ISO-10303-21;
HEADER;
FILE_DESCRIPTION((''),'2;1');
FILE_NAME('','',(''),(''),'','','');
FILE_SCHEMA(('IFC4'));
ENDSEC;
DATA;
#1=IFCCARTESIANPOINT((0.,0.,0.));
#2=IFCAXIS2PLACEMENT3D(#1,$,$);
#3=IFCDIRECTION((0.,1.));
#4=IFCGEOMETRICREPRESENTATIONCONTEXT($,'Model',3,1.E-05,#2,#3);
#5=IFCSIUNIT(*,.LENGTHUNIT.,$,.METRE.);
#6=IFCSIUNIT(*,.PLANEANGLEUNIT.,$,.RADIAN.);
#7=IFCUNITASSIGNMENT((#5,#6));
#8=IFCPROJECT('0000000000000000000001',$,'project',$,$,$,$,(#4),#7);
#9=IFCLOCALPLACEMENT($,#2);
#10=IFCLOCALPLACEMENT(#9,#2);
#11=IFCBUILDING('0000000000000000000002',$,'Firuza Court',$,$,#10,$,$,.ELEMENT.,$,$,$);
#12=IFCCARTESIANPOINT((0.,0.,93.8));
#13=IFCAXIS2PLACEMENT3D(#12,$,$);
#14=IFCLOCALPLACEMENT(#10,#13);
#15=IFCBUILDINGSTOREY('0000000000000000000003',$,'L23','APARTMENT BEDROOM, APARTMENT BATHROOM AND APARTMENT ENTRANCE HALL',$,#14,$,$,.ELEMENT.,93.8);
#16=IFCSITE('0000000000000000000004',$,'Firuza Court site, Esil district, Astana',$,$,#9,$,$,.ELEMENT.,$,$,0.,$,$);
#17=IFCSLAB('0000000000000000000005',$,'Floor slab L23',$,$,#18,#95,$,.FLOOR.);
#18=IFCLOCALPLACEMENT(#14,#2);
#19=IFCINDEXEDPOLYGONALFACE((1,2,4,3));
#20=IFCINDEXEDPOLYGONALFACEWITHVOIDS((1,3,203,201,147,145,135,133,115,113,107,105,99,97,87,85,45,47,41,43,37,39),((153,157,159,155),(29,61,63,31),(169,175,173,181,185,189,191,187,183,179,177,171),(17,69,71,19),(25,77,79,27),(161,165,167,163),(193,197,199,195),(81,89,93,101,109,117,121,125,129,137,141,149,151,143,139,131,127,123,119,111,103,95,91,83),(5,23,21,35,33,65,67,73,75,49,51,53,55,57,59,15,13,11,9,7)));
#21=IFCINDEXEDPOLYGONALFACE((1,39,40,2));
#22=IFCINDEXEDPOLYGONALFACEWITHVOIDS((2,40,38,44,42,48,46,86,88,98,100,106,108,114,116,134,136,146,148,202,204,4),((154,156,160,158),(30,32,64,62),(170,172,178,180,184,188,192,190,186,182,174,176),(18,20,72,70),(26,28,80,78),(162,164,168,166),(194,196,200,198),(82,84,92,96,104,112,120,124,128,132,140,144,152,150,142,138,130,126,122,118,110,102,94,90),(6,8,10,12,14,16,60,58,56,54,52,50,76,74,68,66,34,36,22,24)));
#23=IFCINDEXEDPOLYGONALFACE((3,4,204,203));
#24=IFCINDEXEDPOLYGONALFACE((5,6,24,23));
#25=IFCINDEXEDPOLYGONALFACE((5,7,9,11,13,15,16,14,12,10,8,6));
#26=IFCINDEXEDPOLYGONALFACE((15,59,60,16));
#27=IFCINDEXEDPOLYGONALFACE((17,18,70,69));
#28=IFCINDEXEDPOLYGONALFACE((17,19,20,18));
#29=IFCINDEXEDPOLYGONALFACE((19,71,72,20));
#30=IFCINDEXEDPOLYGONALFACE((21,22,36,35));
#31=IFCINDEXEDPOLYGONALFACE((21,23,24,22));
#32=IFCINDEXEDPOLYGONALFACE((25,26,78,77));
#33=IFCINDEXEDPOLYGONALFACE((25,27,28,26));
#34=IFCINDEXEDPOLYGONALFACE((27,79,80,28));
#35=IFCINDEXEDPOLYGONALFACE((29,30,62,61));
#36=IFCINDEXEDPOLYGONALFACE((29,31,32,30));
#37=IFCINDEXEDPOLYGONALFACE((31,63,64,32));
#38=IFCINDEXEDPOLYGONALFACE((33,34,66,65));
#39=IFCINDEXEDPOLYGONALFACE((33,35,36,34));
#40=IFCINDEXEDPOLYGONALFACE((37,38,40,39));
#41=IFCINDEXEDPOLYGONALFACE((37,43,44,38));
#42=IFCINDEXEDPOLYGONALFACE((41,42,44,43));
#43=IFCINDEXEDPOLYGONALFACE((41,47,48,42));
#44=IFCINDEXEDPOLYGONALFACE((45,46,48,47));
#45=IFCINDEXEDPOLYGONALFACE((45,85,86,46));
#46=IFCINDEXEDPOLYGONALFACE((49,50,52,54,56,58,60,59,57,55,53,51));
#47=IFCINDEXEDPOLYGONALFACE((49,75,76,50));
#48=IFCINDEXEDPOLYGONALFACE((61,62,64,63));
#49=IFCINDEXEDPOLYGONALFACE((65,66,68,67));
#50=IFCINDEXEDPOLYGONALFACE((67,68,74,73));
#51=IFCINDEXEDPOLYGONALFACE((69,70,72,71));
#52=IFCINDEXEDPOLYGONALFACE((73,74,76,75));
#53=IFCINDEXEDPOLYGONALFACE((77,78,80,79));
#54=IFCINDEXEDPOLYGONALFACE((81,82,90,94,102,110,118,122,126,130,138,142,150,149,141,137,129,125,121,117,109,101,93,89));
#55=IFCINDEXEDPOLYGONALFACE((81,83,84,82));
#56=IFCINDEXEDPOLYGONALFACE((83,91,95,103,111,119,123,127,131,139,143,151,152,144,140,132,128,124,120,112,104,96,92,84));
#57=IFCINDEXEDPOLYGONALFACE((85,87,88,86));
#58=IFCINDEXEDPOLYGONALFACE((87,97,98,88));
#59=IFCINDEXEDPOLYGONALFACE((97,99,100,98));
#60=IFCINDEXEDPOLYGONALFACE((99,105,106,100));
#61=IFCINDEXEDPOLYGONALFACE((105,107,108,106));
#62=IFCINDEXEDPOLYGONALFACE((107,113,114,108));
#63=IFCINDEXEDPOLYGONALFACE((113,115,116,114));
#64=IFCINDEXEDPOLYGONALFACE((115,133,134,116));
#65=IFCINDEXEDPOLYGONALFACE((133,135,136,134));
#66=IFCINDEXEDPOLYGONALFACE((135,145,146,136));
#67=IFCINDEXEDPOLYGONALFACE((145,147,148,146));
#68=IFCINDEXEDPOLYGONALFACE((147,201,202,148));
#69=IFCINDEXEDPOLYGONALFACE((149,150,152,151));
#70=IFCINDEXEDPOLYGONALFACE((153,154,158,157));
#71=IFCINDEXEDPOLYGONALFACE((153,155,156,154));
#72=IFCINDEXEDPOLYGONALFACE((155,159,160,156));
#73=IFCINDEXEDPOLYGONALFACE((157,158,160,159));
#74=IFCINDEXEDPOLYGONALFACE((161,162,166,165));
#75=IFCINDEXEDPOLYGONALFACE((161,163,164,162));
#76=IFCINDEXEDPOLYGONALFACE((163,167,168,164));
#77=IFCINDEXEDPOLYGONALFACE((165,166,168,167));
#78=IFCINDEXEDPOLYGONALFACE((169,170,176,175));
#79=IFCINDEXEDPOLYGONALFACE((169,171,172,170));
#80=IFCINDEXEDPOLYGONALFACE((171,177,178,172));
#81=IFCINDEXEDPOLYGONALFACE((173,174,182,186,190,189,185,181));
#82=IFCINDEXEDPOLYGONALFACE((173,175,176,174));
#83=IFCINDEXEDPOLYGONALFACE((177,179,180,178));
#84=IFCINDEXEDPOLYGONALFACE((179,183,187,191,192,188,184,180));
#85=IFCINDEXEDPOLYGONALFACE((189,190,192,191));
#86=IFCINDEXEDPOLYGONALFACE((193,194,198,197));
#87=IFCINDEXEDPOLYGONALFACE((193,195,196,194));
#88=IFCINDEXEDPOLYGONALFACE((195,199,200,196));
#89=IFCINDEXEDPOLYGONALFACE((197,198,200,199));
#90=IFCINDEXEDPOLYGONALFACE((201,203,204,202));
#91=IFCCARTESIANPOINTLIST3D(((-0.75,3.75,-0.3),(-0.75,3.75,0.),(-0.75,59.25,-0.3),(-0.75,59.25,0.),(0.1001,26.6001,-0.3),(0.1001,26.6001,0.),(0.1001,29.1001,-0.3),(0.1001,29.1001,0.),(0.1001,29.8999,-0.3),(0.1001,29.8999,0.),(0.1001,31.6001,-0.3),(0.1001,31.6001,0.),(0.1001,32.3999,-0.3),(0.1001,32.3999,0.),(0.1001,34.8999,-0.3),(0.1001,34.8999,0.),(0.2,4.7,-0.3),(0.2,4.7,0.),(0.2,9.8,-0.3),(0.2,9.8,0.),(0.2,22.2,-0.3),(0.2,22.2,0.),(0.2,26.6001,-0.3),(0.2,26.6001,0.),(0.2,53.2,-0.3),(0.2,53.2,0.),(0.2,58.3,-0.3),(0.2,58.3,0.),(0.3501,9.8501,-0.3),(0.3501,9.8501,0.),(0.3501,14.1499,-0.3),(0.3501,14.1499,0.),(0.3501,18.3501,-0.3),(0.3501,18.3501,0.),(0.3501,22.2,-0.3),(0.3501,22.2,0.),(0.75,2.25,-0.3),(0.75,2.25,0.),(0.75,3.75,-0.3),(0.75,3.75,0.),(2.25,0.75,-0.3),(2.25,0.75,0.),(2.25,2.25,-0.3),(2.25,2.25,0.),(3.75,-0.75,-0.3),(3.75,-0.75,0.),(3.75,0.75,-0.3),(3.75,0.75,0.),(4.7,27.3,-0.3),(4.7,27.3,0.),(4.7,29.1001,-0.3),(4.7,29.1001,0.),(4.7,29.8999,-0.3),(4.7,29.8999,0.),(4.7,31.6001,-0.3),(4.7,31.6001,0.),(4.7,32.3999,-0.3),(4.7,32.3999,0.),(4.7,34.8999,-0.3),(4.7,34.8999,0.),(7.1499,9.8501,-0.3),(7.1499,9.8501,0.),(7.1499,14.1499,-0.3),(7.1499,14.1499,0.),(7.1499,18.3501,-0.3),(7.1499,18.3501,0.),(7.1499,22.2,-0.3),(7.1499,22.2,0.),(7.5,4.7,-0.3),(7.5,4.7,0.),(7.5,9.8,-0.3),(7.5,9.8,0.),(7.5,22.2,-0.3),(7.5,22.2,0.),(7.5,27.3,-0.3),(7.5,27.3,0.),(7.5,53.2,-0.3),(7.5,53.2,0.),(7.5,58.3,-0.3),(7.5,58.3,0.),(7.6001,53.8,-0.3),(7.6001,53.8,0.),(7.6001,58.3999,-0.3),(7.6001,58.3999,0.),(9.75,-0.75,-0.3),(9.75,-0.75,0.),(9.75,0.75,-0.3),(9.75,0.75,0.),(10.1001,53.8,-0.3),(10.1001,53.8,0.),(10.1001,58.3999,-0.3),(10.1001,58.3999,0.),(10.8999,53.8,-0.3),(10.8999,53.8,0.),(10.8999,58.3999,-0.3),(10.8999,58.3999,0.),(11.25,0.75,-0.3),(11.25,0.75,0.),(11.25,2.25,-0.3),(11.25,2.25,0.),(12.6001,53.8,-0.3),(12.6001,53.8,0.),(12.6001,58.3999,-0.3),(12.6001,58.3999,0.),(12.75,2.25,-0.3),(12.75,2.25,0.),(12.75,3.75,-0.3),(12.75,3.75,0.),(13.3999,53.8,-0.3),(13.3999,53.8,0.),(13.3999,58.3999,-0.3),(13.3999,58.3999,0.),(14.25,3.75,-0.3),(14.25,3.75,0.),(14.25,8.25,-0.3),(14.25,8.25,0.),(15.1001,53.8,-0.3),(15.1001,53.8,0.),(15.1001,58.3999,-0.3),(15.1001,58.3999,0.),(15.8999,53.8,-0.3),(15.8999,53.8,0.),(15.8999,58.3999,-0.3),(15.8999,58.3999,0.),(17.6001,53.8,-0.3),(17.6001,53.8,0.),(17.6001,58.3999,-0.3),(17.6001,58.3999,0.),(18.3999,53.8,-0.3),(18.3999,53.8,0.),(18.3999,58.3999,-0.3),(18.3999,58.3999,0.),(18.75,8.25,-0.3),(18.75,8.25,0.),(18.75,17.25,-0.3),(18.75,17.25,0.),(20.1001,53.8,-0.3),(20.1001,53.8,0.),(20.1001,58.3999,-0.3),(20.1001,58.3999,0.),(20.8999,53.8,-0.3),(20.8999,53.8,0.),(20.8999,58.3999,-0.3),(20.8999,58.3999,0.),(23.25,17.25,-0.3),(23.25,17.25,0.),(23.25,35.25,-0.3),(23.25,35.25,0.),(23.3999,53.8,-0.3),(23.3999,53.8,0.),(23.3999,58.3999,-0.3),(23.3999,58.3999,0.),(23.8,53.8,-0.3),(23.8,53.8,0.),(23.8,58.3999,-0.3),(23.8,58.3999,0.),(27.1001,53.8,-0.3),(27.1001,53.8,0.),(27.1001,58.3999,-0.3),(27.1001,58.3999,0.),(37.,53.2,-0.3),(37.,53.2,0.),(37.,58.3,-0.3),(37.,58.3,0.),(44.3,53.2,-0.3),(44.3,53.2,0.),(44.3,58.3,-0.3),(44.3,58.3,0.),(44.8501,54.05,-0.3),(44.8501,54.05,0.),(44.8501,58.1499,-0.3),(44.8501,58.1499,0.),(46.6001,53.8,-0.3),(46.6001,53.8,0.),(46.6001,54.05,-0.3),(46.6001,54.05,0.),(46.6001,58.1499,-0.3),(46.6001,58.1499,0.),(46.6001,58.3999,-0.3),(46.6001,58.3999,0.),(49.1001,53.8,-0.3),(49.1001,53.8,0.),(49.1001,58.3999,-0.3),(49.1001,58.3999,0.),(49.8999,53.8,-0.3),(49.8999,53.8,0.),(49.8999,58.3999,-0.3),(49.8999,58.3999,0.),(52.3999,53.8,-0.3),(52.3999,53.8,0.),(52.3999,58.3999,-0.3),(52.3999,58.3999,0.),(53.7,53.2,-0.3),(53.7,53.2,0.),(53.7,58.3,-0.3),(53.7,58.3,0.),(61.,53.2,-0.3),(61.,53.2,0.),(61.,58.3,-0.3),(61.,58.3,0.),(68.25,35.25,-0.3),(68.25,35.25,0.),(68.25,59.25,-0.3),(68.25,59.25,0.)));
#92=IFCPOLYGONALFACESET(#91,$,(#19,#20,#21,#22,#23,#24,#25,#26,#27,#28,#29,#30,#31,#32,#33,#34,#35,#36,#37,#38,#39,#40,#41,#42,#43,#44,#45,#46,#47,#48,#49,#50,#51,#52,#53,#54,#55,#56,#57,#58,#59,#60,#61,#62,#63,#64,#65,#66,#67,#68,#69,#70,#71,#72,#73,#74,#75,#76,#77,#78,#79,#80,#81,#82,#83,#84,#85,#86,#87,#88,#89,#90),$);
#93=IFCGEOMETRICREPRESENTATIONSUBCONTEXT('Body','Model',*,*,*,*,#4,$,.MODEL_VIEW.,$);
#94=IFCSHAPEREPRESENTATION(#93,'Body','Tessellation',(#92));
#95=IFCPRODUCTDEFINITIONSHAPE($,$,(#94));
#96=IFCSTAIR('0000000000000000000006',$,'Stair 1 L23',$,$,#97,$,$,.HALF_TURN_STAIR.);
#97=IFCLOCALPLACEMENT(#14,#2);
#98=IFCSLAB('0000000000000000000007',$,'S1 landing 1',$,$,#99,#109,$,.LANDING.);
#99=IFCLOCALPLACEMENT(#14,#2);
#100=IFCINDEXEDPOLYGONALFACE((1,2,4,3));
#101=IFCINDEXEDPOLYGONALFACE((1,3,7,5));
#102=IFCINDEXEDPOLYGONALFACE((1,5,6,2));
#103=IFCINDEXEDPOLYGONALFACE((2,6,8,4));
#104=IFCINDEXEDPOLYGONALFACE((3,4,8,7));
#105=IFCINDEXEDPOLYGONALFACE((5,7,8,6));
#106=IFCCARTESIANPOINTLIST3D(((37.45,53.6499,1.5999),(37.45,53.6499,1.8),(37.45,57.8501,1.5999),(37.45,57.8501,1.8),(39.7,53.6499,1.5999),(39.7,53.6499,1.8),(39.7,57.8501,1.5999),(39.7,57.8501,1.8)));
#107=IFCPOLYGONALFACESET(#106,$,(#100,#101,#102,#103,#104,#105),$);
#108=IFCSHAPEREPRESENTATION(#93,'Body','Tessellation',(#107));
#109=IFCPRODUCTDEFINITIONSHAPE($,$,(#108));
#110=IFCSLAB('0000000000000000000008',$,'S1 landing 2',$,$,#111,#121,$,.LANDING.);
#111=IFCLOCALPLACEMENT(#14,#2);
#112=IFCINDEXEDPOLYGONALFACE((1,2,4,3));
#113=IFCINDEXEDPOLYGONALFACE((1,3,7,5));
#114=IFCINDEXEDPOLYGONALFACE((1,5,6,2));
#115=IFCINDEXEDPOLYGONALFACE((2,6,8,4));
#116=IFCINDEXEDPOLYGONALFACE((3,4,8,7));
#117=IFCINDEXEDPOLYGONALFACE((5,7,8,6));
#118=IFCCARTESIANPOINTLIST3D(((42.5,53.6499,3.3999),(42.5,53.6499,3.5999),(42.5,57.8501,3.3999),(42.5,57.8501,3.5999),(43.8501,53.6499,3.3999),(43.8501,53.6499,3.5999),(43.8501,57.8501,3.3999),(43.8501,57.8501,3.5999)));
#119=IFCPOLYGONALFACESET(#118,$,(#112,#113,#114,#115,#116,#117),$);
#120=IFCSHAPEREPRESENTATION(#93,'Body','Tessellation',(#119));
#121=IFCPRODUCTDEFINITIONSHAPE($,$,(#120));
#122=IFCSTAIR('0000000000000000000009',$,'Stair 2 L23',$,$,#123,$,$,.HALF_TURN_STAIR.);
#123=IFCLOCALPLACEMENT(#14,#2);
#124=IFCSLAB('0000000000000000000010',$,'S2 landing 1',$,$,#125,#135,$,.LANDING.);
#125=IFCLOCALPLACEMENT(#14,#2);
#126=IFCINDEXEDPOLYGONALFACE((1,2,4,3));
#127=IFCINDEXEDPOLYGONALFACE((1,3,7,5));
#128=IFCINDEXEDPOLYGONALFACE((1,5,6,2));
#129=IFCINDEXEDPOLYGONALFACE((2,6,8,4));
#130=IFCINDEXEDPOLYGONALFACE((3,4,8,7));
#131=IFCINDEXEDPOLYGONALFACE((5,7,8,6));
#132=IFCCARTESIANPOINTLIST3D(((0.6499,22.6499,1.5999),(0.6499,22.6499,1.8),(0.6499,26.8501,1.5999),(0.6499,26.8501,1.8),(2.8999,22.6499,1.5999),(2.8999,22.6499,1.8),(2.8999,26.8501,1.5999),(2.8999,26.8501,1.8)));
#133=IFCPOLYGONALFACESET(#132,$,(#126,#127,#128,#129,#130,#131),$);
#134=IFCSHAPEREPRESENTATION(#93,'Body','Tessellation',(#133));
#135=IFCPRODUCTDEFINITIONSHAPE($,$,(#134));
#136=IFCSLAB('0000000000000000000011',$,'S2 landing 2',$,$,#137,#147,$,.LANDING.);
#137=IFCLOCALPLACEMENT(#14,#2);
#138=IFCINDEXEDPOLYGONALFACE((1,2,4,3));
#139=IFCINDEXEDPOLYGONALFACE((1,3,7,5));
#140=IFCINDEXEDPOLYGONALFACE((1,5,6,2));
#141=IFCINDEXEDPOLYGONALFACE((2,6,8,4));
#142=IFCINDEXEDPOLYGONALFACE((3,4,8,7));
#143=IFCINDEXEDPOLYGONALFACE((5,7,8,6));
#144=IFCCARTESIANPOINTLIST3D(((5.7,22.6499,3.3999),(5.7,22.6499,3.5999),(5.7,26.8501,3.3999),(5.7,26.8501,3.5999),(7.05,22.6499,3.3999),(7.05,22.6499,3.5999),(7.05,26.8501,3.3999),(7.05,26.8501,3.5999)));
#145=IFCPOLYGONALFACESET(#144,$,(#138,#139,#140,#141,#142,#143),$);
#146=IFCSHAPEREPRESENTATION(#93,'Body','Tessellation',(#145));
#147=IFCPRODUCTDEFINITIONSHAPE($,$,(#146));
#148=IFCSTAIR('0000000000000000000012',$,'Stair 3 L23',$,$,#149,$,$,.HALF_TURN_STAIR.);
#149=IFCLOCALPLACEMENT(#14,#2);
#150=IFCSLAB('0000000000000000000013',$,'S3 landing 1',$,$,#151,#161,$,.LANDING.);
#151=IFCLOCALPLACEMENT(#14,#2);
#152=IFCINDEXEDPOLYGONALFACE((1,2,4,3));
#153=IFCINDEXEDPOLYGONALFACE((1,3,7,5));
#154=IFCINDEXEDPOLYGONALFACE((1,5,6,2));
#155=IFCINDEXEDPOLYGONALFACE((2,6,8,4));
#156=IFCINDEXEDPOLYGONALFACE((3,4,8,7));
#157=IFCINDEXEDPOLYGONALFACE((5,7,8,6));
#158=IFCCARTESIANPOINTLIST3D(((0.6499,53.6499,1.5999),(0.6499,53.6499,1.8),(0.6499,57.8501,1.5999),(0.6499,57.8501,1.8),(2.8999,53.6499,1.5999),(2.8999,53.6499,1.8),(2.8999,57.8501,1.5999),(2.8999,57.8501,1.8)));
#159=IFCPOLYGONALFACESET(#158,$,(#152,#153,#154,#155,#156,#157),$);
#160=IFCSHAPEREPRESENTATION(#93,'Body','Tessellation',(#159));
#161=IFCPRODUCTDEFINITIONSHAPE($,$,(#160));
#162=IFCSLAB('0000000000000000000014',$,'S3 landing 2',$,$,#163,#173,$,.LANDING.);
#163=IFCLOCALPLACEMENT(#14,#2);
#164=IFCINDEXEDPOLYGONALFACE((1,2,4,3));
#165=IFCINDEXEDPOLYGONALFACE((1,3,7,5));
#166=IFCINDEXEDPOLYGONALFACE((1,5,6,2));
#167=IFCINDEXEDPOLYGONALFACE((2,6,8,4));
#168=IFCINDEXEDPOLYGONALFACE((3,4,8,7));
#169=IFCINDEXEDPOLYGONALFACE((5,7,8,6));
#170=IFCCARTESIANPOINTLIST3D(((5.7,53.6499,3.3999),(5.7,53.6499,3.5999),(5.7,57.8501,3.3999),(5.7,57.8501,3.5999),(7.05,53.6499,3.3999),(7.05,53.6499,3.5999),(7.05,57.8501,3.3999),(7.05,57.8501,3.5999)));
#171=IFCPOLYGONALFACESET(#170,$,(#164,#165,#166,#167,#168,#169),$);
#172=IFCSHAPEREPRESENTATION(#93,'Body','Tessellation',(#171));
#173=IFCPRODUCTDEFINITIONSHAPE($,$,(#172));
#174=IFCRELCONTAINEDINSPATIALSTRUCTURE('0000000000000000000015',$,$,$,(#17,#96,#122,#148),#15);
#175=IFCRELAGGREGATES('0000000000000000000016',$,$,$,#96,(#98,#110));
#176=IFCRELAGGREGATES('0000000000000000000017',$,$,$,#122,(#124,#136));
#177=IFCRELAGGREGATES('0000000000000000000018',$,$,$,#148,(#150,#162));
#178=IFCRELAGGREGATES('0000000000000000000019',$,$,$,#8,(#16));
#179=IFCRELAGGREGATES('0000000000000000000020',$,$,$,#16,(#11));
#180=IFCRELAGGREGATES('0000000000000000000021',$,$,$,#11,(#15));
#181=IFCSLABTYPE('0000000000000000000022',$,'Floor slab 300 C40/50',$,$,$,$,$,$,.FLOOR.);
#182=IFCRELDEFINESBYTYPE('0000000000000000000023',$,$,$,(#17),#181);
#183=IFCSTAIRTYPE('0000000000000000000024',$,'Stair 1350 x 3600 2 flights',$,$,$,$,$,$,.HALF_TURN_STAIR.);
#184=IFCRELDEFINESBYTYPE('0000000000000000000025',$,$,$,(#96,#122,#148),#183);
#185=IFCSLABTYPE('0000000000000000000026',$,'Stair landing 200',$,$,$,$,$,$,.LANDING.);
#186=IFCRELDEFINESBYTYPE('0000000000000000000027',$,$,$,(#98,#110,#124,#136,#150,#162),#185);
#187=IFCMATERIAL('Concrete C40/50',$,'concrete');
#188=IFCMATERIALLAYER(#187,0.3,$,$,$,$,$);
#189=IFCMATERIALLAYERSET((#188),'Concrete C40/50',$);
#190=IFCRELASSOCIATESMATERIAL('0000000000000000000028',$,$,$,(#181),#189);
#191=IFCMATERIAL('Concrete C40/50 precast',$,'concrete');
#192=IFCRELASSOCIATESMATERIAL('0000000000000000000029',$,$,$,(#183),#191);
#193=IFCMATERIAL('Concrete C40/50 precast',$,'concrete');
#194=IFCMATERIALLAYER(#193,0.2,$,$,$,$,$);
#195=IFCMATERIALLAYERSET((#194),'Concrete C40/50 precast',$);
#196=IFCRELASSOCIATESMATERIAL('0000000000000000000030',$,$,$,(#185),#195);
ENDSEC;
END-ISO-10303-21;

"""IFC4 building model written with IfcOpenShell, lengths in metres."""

from ifc_helpers import new_model, si_unit, direction, frame, origin, place, context, subcontext, project, spatial, polyline, outline, extrude, material, layer, layer_set, type_object, element, aggregate, save


model = new_model("IFC4")

# Units and contexts
model_context = context("Model", 3, precision=1e-05, world=origin(), true_north=direction((0.0, 1.0)))
body_context = subcontext(model_context, "Body", "Model", "MODEL_VIEW")
ifc_project = project(units=[si_unit("LENGTHUNIT", "METRE"), si_unit("PLANEANGLEUNIT", "RADIAN")], contexts=[model_context])

# Site, building, storey
site_placement = place(None, origin())
site = spatial("IfcSite", under=ifc_project, at=site_placement, Name="Firuza Court site, Esil district, Astana", CompositionType="ELEMENT", RefElevation=0.0)
building_placement = place(site_placement, origin())
building = spatial("IfcBuilding", under=site, at=building_placement, Name="Firuza Court", CompositionType="ELEMENT")
storey_placement = place(building_placement, frame((0.0, 0.0, 93.8)))
storey = spatial("IfcBuildingStorey", under=building, at=storey_placement, Name="L23", Description="APARTMENT BEDROOM, APARTMENT BATHROOM AND APARTMENT ENTRANCE HALL", CompositionType="ELEMENT", Elevation=93.8)

# Slab
ifc_material_1 = material(Name="Concrete C40/50", Category="concrete")
ifc_layer_1 = layer(ifc_material_1, 0.3)
ifc_layer_set_1 = layer_set([ifc_layer_1], Name="Concrete C40/50")
slab_type_1 = type_object("IfcSlabType", Name="Floor slab 300 C40/50", PredefinedType="FLOOR", material=ifc_layer_set_1)
slab_1_placement = place(storey_placement, frame((0.0, 0.0, -0.3)))
element("IfcSlab", 1, at=slab_1_placement, inside=storey, type_object=slab_type_1, Name="Floor slab L23", PredefinedType="FLOOR", context=body_context, shape_type="SweptSolid", body=[
    extrude(outline(polyline([(3.75, -0.75), (3.75, 0.75), (2.25, 0.75), (2.25, 2.25), (0.75, 2.25), (0.75, 3.75), (-0.75, 3.75), (-0.75, 59.25), (68.25, 59.25), (68.25, 35.25), (23.25, 35.25), (23.25, 17.25), (18.75, 17.25), (18.75, 8.25), (14.25, 8.25), (14.25, 3.75), (12.75, 3.75), (12.75, 2.25), (11.25, 2.25), (11.25, 0.75), (9.75, 0.75), (9.75, -0.75), (3.75, -0.75)]), holes=[polyline([(7.5, 9.8), (0.2, 9.8), (0.2, 4.7), (7.5, 4.7), (7.5, 9.8)]), polyline([(7.1499, 14.1499), (0.3501, 14.1499), (0.3501, 9.8501), (7.1499, 9.8501), (7.1499, 14.1499)]), polyline([(0.2, 22.2), (0.3501, 22.2), (0.3501, 18.3501), (7.1499, 18.3501), (7.1499, 22.2), (7.5, 22.2), (7.5, 27.3), (4.7, 27.3), (4.7, 29.1001), (4.7, 29.8999), (4.7, 31.6001), (4.7, 32.3999), (4.7, 34.8999), (0.1001, 34.8999), (0.1001, 32.3999), (0.1001, 31.6001), (0.1001, 29.8999), (0.1001, 29.1001), (0.1001, 26.6001), (0.2, 26.6001), (0.2, 22.2)]), polyline([(7.5, 58.3), (0.2, 58.3), (0.2, 53.2), (7.5, 53.2), (7.5, 58.3)]), polyline([(10.1001, 58.3999), (7.6001, 58.3999), (7.6001, 53.8), (10.1001, 53.8), (10.8999, 53.8), (12.6001, 53.8), (13.3999, 53.8), (15.1001, 53.8), (15.8999, 53.8), (17.6001, 53.8), (18.3999, 53.8), (20.1001, 53.8), (20.8999, 53.8), (23.3999, 53.8), (23.3999, 58.3999), (20.8999, 58.3999), (20.1001, 58.3999), (18.3999, 58.3999), (17.6001, 58.3999), (15.8999, 58.3999), (15.1001, 58.3999), (13.3999, 58.3999), (12.6001, 58.3999), (10.8999, 58.3999), (10.1001, 58.3999)]), polyline([(44.3, 58.3), (37.0, 58.3), (37.0, 53.2), (44.3, 53.2), (44.3, 58.3)]), polyline([(61.0, 58.3), (53.7, 58.3), (53.7, 53.2), (61.0, 53.2), (61.0, 58.3)]), polyline([(27.1001, 58.3999), (23.8, 58.3999), (23.8, 53.8), (27.1001, 53.8), (27.1001, 58.3999)]), polyline([(46.6001, 58.1499), (44.8501, 58.1499), (44.8501, 54.05), (46.6001, 54.05), (46.6001, 53.8), (49.1001, 53.8), (49.8999, 53.8), (52.3999, 53.8), (52.3999, 58.3999), (49.8999, 58.3999), (49.1001, 58.3999), (46.6001, 58.3999), (46.6001, 58.1499)])]), origin(), (0.0, 0.0, 1.0), 0.3),
])

# Stairs, slabs
ifc_material_2 = material(Name="Concrete C40/50 precast", Category="concrete")
stair_type = type_object("IfcStairType", Name="Stair 1350 x 3600 2 flights", PredefinedType="HALF_TURN_STAIR", material=ifc_material_2)
stair_1_placement = place(storey_placement, origin())
stair_1 = element("IfcStair", 2, at=stair_1_placement, inside=storey, type_object=stair_type, Name="Stair 1 L23", PredefinedType="HALF_TURN_STAIR")
ifc_material_3 = material(Name="Concrete C40/50 precast", Category="concrete")
ifc_layer_2 = layer(ifc_material_3, 0.2)
ifc_layer_set_2 = layer_set([ifc_layer_2], Name="Concrete C40/50 precast")
slab_type_2 = type_object("IfcSlabType", Name="Stair landing 200", PredefinedType="LANDING", material=ifc_layer_set_2)
slab_2_placement = place(storey_placement, frame((0.0, 0.0, 1.5999)))
slab_2 = element("IfcSlab", 3, at=slab_2_placement, type_object=slab_type_2, Name="S1 landing 1", PredefinedType="LANDING", context=body_context, shape_type="SweptSolid", body=[
    extrude(outline(polyline([(39.7, 53.6499), (39.7, 57.8501), (37.45, 57.8501), (37.45, 53.6499), (39.7, 53.6499)])), origin(), (0.0, 0.0, 1.0), 0.2002),
])
slab_3_placement = place(storey_placement, frame((0.0, 0.0, 3.3999)))
slab_3 = element("IfcSlab", 4, at=slab_3_placement, type_object=slab_type_2, Name="S1 landing 2", PredefinedType="LANDING", context=body_context, shape_type="SweptSolid", body=[
    extrude(outline(polyline([(43.8501, 53.6499), (43.8501, 57.8501), (42.5, 57.8501), (42.5, 53.6499), (43.8501, 53.6499)])), origin(), (0.0, 0.0, 1.0), 0.2),
])
aggregate(stair_1, [slab_2, slab_3])
stair_2_placement = place(storey_placement, origin())
stair_2 = element("IfcStair", 5, at=stair_2_placement, inside=storey, type_object=stair_type, Name="Stair 2 L23", PredefinedType="HALF_TURN_STAIR")
slab_4_placement = place(storey_placement, frame((0.0, 0.0, 1.5999)))
slab_4 = element("IfcSlab", 6, at=slab_4_placement, type_object=slab_type_2, Name="S2 landing 1", PredefinedType="LANDING", context=body_context, shape_type="SweptSolid", body=[
    extrude(outline(polyline([(2.8999, 22.6499), (2.8999, 26.8501), (0.6499, 26.8501), (0.6499, 22.6499), (2.8999, 22.6499)])), origin(), (0.0, 0.0, 1.0), 0.2002),
])
slab_5_placement = place(storey_placement, frame((0.0, 0.0, 3.3999)))
slab_5 = element("IfcSlab", 7, at=slab_5_placement, type_object=slab_type_2, Name="S2 landing 2", PredefinedType="LANDING", context=body_context, shape_type="SweptSolid", body=[
    extrude(outline(polyline([(7.05, 22.6499), (7.05, 26.8501), (5.7, 26.8501), (5.7, 22.6499), (7.05, 22.6499)])), origin(), (0.0, 0.0, 1.0), 0.2),
])
aggregate(stair_2, [slab_4, slab_5])
stair_3_placement = place(storey_placement, origin())
stair_3 = element("IfcStair", 8, at=stair_3_placement, inside=storey, type_object=stair_type, Name="Stair 3 L23", PredefinedType="HALF_TURN_STAIR")
slab_6_placement = place(storey_placement, frame((0.0, 0.0, 1.5999)))
slab_6 = element("IfcSlab", 9, at=slab_6_placement, type_object=slab_type_2, Name="S3 landing 1", PredefinedType="LANDING", context=body_context, shape_type="SweptSolid", body=[
    extrude(outline(polyline([(2.8999, 53.6499), (2.8999, 57.8501), (0.6499, 57.8501), (0.6499, 53.6499), (2.8999, 53.6499)])), origin(), (0.0, 0.0, 1.0), 0.2002),
])
slab_7_placement = place(storey_placement, frame((0.0, 0.0, 3.3999)))
slab_7 = element("IfcSlab", 10, at=slab_7_placement, type_object=slab_type_2, Name="S3 landing 2", PredefinedType="LANDING", context=body_context, shape_type="SweptSolid", body=[
    extrude(outline(polyline([(7.05, 53.6499), (7.05, 57.8501), (5.7, 57.8501), (5.7, 53.6499), (7.05, 53.6499)])), origin(), (0.0, 0.0, 1.0), 0.2),
])
aggregate(stair_3, [slab_6, slab_7])

save(model, "model.ifc")
